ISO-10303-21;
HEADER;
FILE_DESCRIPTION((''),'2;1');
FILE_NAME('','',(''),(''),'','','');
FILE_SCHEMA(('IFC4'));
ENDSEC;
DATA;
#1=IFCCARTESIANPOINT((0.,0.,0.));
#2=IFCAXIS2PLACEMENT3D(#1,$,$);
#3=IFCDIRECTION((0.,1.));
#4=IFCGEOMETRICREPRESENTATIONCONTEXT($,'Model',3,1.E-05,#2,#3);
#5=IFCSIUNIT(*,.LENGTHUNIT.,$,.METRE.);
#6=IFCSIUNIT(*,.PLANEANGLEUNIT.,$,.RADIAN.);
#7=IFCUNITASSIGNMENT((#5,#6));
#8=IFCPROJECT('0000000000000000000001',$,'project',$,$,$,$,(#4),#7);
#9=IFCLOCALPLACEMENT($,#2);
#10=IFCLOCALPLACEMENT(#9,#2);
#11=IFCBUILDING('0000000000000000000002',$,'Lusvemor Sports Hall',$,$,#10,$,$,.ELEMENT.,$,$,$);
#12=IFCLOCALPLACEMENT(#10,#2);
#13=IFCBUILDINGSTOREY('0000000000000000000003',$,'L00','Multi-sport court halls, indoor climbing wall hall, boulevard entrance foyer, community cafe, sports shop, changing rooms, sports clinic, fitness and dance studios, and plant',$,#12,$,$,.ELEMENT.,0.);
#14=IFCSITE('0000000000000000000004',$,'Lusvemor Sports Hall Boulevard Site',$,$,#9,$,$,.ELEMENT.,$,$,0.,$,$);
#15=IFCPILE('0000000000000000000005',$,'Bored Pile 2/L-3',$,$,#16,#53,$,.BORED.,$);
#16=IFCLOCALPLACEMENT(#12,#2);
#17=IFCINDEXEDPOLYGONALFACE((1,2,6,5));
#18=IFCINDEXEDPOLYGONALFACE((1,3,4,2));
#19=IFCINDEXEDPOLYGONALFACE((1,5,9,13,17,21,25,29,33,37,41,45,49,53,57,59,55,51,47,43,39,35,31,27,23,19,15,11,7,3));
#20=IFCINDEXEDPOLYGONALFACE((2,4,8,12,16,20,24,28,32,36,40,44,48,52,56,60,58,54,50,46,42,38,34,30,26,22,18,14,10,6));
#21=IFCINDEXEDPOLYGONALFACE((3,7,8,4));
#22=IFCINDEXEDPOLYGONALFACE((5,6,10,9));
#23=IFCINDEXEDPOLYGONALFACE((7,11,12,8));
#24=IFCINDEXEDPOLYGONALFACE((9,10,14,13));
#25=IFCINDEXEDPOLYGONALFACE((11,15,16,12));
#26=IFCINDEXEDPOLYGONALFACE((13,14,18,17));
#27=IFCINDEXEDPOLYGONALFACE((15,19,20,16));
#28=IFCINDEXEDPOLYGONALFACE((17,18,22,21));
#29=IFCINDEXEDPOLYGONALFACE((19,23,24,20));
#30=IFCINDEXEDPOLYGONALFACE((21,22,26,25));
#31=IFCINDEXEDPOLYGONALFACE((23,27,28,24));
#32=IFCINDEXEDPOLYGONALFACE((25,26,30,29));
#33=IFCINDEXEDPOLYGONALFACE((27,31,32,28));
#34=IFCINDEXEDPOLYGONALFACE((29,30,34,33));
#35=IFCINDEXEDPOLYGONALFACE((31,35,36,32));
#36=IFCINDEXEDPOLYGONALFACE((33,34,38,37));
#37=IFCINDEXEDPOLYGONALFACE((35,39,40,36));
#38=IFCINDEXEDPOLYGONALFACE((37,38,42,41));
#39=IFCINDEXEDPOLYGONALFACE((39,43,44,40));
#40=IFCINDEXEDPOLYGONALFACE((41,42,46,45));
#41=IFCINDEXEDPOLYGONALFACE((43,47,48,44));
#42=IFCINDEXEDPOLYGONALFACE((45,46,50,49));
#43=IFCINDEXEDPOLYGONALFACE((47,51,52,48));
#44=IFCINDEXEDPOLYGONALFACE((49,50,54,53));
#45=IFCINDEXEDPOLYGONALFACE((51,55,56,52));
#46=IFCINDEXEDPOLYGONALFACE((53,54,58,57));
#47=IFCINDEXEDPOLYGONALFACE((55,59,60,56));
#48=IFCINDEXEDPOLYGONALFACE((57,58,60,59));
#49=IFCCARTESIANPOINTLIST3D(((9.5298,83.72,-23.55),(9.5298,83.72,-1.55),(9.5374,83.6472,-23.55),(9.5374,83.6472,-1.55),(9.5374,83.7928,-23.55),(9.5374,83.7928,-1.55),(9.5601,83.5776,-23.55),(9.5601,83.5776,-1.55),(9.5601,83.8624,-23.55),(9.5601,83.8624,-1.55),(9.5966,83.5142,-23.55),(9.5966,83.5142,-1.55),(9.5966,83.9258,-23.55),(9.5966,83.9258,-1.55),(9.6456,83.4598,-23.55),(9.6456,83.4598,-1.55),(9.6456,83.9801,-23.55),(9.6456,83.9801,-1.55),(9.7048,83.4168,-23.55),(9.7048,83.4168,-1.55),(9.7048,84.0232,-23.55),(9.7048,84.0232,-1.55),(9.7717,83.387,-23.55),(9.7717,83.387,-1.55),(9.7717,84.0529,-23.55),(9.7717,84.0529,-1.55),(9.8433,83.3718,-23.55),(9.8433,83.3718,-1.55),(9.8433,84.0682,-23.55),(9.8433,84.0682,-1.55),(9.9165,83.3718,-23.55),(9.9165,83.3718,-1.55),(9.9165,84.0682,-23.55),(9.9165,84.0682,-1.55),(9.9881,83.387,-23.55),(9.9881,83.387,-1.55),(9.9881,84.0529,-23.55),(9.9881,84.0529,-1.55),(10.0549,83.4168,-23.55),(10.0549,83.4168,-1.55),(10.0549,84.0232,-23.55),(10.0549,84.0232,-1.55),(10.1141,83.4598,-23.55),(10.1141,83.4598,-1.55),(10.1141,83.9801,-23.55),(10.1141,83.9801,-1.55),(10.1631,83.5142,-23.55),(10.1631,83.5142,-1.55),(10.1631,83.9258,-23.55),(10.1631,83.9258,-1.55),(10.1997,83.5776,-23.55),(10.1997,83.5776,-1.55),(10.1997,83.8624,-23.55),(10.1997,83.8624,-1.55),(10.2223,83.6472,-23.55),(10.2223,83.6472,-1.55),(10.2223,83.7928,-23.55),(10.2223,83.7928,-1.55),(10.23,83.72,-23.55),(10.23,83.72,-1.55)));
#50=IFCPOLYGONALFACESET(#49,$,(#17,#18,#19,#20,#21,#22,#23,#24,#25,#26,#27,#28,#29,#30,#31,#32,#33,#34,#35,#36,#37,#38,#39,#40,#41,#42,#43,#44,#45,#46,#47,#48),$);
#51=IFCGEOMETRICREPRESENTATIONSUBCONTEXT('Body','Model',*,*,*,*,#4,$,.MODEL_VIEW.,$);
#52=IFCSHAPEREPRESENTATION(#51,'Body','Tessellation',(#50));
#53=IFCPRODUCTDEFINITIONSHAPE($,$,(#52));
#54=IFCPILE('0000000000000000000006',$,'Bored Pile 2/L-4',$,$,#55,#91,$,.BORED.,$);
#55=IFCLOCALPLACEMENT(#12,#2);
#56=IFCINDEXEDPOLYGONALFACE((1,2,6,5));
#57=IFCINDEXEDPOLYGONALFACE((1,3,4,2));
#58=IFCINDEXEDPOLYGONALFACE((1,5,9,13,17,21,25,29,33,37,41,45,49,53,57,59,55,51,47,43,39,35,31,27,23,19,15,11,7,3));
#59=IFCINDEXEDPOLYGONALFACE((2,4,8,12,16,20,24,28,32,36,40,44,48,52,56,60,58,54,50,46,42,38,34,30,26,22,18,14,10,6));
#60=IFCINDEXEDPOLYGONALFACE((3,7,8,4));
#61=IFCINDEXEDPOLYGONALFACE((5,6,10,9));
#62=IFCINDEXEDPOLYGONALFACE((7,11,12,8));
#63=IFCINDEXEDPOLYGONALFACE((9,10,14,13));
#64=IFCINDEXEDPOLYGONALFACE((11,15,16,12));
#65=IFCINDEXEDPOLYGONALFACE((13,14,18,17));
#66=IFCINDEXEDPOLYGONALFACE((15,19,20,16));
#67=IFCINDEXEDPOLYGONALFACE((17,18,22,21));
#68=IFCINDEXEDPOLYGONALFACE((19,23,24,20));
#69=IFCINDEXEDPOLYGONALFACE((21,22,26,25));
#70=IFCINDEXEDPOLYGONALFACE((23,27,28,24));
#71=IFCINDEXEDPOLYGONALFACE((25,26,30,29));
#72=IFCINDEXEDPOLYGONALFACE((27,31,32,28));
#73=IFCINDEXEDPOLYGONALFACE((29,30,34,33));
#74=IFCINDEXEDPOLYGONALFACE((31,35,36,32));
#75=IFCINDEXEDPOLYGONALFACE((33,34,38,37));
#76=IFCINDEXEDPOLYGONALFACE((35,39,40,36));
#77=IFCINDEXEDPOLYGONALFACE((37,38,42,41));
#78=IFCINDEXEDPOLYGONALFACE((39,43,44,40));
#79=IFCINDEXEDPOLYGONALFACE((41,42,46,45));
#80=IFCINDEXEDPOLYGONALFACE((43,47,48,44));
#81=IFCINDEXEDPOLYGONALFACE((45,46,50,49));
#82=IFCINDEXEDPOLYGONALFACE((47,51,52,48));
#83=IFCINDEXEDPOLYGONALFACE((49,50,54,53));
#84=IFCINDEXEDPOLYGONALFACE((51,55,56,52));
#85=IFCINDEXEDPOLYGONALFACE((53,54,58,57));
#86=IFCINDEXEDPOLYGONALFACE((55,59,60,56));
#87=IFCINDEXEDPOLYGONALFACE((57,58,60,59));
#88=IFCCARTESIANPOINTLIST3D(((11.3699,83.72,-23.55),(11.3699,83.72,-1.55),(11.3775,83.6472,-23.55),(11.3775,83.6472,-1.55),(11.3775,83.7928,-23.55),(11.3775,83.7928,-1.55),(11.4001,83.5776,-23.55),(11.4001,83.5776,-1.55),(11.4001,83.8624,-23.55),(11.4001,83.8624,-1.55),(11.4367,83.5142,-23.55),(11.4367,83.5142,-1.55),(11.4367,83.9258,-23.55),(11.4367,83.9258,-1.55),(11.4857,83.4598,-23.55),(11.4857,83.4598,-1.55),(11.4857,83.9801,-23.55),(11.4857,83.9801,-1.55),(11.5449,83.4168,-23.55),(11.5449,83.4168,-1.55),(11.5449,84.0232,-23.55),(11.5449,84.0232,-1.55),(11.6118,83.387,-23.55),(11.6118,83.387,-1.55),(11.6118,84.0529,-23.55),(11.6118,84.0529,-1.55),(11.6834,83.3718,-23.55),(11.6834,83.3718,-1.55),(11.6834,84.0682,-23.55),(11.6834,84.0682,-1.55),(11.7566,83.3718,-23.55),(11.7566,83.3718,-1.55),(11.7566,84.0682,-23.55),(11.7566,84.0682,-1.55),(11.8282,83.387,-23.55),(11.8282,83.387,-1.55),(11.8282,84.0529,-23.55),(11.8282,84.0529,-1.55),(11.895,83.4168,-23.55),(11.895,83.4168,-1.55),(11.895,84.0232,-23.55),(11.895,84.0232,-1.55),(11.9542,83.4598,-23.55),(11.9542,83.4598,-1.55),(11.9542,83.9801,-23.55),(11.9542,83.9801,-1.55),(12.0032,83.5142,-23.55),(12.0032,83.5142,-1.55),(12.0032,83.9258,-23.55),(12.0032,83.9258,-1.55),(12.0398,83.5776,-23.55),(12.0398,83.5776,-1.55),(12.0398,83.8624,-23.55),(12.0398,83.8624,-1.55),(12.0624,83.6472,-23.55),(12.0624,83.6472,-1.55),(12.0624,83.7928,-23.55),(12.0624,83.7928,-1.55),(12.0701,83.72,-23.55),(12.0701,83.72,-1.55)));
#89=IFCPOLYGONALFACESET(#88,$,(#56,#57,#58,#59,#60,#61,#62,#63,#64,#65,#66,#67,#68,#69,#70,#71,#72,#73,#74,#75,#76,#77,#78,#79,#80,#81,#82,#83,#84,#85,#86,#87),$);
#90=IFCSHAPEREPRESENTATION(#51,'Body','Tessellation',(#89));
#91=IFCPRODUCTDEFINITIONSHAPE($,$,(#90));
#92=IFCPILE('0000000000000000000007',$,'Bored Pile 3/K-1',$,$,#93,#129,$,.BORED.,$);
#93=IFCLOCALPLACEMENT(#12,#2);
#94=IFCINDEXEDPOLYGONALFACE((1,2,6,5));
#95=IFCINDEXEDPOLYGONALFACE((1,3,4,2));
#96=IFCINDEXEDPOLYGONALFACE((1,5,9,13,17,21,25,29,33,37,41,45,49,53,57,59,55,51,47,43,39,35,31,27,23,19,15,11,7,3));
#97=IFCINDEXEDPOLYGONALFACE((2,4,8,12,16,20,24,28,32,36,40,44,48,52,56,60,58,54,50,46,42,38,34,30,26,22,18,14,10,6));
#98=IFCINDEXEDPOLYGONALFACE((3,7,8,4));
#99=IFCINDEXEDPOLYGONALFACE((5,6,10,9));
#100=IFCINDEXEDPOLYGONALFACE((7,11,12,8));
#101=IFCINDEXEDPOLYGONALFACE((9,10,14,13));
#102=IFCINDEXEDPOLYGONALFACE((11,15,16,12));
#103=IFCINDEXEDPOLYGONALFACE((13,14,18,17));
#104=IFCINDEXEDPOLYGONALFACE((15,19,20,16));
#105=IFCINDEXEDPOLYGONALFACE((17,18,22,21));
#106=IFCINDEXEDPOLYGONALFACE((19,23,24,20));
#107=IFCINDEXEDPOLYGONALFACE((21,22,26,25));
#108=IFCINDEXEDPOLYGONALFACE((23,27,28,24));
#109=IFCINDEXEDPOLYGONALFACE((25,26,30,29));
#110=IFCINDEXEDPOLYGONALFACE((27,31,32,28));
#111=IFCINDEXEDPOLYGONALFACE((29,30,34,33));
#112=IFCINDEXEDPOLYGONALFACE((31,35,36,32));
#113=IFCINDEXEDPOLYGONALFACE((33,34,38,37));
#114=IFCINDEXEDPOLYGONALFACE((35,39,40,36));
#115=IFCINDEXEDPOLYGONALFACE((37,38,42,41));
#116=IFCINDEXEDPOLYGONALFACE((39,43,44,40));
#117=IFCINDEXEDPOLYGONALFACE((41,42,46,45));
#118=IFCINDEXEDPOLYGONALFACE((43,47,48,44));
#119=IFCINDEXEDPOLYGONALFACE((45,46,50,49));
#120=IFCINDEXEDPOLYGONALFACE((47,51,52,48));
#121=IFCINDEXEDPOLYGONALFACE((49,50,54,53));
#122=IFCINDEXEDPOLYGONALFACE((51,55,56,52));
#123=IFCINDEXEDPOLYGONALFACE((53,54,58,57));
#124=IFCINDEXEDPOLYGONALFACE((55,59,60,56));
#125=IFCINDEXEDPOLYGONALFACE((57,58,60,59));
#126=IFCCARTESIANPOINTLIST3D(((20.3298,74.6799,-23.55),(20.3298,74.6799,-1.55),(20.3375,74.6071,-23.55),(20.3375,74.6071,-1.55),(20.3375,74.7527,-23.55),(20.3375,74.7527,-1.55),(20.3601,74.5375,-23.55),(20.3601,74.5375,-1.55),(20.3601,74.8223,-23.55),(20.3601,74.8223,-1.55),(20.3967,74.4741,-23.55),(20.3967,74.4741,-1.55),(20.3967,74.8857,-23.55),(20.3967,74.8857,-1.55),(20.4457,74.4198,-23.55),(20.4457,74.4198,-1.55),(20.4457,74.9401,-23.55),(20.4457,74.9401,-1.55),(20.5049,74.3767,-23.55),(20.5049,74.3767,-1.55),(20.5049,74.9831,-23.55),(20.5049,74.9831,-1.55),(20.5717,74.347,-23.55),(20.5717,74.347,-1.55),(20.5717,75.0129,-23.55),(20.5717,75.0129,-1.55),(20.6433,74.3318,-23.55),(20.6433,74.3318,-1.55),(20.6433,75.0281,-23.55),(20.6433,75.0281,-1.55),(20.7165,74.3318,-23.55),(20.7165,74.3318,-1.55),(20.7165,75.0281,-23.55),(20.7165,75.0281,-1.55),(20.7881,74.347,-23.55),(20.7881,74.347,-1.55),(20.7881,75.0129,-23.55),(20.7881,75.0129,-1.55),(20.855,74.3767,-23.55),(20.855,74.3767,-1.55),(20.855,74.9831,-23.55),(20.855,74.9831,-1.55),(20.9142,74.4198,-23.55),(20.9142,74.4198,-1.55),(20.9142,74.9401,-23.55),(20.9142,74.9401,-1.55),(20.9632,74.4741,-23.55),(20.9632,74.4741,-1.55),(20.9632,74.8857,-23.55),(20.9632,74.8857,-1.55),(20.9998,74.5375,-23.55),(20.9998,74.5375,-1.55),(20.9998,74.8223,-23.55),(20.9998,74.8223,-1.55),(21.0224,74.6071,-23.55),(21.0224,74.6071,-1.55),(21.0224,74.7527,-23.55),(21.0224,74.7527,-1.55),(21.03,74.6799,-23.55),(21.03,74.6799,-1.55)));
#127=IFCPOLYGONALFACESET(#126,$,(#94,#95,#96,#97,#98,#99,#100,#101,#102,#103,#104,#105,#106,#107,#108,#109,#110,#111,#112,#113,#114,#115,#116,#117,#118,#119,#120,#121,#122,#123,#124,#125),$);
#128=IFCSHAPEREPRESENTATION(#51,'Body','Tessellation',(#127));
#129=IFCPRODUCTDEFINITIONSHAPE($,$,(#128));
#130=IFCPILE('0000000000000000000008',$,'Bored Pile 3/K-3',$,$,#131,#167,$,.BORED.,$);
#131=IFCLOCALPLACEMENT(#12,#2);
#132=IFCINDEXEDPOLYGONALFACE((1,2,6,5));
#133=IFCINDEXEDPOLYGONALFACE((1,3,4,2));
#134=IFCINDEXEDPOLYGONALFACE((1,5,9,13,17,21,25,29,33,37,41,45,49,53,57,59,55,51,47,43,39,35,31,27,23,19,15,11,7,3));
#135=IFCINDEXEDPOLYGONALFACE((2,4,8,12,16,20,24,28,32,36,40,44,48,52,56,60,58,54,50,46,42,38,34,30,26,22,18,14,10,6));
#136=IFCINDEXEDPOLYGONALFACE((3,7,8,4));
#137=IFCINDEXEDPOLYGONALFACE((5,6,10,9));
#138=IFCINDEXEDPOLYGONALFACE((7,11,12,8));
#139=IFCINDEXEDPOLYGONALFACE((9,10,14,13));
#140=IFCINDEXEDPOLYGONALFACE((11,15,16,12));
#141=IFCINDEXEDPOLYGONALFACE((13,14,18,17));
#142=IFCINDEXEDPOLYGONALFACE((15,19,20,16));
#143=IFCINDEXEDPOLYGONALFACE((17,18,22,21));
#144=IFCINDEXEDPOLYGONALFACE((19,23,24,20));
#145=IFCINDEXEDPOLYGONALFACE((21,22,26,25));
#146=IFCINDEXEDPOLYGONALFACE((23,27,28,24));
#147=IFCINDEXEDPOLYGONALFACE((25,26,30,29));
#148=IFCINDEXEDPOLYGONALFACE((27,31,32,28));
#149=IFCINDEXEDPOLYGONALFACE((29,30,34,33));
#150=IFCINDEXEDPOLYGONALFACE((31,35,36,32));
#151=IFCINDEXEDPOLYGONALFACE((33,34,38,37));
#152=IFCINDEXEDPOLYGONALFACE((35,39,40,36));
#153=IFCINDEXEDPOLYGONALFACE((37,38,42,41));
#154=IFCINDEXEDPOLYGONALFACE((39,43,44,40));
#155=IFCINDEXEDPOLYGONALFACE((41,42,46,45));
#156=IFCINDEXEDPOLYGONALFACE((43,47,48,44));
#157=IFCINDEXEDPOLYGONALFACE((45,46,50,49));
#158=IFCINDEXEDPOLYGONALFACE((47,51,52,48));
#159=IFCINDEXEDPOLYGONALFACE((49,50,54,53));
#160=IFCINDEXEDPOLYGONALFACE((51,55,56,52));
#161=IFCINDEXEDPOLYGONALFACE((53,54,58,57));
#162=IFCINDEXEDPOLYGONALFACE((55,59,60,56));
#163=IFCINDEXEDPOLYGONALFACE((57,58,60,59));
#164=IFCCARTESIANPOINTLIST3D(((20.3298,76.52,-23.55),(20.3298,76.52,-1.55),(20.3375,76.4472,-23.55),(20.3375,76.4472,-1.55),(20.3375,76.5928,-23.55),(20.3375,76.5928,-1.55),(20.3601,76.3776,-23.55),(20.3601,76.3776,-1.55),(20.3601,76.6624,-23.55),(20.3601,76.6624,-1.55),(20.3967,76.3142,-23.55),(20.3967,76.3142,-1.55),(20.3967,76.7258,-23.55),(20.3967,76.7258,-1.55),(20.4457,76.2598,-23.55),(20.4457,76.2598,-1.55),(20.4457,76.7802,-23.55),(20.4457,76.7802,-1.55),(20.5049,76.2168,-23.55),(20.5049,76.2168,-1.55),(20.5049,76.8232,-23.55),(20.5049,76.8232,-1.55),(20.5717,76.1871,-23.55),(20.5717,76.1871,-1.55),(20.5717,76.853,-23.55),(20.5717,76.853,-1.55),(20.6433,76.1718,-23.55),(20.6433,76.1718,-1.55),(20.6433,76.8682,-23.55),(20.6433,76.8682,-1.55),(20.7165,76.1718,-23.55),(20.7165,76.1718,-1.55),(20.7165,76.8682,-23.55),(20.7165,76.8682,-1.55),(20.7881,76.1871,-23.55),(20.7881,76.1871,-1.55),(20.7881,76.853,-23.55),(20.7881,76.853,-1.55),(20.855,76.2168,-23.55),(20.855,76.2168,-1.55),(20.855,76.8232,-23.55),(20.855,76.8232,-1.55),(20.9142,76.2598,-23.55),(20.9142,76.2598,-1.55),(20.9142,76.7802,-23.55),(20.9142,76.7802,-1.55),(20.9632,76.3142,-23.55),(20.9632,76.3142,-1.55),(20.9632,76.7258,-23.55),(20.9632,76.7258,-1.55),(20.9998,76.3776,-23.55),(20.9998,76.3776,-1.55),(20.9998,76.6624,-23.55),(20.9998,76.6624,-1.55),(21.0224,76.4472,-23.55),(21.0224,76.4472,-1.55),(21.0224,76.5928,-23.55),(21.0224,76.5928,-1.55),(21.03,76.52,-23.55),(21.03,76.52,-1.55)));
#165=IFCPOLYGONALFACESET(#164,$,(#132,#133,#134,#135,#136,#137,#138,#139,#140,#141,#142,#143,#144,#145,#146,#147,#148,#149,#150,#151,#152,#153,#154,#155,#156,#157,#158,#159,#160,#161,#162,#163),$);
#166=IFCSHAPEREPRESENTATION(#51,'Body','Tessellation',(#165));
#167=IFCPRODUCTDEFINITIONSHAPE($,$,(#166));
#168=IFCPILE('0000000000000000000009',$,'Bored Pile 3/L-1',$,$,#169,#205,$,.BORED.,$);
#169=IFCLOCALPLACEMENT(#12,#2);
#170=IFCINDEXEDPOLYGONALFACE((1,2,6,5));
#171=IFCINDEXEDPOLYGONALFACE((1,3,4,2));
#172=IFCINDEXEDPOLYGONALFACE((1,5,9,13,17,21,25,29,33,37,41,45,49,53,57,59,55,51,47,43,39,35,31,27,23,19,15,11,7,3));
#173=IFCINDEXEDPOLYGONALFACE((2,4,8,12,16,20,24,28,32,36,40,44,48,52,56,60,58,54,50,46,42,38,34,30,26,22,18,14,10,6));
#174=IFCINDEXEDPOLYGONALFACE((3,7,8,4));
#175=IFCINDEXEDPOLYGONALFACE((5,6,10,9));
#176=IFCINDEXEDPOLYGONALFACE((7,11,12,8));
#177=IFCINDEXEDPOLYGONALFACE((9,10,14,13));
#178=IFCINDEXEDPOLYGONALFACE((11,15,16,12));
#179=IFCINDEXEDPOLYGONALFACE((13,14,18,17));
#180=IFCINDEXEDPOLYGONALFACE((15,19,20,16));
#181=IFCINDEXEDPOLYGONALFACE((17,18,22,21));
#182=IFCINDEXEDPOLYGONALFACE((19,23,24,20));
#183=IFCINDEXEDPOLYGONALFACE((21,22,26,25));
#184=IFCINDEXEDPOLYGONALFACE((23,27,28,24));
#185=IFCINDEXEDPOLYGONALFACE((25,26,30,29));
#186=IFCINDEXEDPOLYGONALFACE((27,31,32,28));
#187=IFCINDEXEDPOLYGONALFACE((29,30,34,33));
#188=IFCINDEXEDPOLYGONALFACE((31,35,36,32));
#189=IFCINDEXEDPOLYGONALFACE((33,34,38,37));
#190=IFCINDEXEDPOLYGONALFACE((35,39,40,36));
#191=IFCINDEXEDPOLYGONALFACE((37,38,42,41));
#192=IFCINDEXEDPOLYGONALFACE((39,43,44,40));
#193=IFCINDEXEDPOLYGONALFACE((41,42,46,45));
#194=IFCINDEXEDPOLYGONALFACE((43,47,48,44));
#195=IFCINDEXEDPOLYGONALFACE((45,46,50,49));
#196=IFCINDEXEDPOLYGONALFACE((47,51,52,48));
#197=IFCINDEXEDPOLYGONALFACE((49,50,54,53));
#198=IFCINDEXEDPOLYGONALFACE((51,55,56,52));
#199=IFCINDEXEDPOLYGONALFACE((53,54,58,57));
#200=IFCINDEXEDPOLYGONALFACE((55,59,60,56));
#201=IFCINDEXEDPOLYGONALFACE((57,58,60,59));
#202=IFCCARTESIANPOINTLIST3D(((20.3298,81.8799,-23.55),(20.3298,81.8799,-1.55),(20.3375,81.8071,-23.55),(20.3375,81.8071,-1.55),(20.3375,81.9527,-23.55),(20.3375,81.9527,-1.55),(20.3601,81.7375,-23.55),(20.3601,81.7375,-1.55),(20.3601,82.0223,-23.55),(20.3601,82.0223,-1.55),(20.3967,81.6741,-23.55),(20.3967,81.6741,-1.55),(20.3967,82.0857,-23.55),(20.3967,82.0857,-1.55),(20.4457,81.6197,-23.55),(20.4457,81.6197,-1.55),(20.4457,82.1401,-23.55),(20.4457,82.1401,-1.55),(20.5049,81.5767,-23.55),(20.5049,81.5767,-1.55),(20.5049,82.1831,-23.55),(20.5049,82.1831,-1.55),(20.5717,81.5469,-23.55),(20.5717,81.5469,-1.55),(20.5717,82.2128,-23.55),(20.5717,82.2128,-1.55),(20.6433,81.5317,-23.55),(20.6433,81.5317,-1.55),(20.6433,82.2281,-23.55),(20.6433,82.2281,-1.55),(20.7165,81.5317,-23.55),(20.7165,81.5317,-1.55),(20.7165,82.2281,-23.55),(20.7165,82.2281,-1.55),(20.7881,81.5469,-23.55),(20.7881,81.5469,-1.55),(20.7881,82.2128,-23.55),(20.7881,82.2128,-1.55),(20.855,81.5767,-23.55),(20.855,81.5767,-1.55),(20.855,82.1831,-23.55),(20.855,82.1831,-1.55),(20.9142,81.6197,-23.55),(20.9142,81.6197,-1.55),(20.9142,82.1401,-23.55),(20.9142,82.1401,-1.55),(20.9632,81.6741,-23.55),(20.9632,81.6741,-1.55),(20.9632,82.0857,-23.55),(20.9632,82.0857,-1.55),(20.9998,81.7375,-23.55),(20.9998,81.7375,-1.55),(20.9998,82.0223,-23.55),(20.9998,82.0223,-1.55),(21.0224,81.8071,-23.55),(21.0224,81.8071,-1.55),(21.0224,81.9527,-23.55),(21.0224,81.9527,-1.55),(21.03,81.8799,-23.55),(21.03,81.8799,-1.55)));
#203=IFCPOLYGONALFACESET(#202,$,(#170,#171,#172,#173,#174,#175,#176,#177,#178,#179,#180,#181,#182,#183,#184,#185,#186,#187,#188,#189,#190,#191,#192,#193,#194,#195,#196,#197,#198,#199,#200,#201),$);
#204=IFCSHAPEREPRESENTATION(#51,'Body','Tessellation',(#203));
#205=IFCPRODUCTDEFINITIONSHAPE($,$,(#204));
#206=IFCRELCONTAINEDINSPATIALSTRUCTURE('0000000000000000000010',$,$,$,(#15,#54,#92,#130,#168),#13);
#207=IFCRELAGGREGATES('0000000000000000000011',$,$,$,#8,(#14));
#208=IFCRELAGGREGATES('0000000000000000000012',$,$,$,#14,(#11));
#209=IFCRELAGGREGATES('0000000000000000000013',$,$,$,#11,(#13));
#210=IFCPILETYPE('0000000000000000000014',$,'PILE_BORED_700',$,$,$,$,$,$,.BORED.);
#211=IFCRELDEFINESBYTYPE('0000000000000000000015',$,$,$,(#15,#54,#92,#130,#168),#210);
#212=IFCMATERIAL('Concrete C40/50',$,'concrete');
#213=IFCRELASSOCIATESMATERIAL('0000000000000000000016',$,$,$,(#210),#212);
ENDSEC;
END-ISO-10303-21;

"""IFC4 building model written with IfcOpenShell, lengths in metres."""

from ifc_helpers import new_model, si_unit, direction, frame, origin, origin_2d, place, context, subcontext, project, spatial, circle, extrude, material, material_profile, profile_set, type_object, element, save


model = new_model("IFC4")

# Units and contexts
model_context = context("Model", 3, precision=1e-05, world=origin(), true_north=direction((0.0, 1.0)))
body_context = subcontext(model_context, "Body", "Model", "MODEL_VIEW")
ifc_project = project(units=[si_unit("LENGTHUNIT", "METRE"), si_unit("PLANEANGLEUNIT", "RADIAN")], contexts=[model_context])

# Site, building, storey
site_placement = place(None, origin())
site = spatial("IfcSite", under=ifc_project, at=site_placement, Name="Lusvemor Sports Hall Boulevard Site", CompositionType="ELEMENT", RefElevation=0.0)
building_placement = place(site_placement, origin())
building = spatial("IfcBuilding", under=site, at=building_placement, Name="Lusvemor Sports Hall", CompositionType="ELEMENT")
storey_placement = place(building_placement, origin())
storey = spatial("IfcBuildingStorey", under=building, at=storey_placement, Name="L00", Description="Multi-sport court halls, indoor climbing wall hall, boulevard entrance foyer, community cafe, sports shop, changing rooms, sports clinic, fitness and dance studios, and plant", CompositionType="ELEMENT", Elevation=0.0)

# Piles
ifc_material_1 = material(Name="Concrete C40/50", Category="concrete")
ifc_material_profile_1 = material_profile(ifc_material_1, circle(Radius=0.3501, at=origin_2d()), Name="PILE700")
ifc_profile_set_1 = profile_set([ifc_material_profile_1], Name="Concrete C40/50")
pile_type_1 = type_object("IfcPileType", Name="PILE_BORED_700", PredefinedType="BORED", material=ifc_profile_set_1)
for number, where, z_axis, x_axis, name in (
    (1, (9.8799, 83.72, -1.55), (0.0, 0.0, -1.0), (1.0, 0.0, 0.0), "Bored Pile 2/L-3"),
    (2, (11.72, 83.72, -1.55), (0.0, 0.0, -1.0), (1.0, 0.0, 0.0), "Bored Pile 2/L-4"),
    (3, (20.6799, 74.6799, -1.55), (0.0, 0.0, -1.0), (1.0, 0.0, 0.0), "Bored Pile 3/K-1"),
    (4, (20.6799, 76.52, -1.55), (0.0, 0.0, -1.0), (1.0, 0.0, 0.0), "Bored Pile 3/K-3"),
    (5, (20.6799, 81.8799, -1.55), (0.0, 0.0, -1.0), (1.0, 0.0, 0.0), "Bored Pile 3/L-1"),
):
    element("IfcPile", number, at=place(storey_placement, frame(where, z_axis=z_axis, x_axis=x_axis)), inside=storey, type_object=pile_type_1, Name=name, PredefinedType="BORED", context=body_context, shape_type="SweptSolid", body=[
        extrude(circle(Radius=0.3501, at=origin_2d()), origin(), (0.0, 0.0, 1.0), 22.0),
    ])

save(model, "model.ifc")
